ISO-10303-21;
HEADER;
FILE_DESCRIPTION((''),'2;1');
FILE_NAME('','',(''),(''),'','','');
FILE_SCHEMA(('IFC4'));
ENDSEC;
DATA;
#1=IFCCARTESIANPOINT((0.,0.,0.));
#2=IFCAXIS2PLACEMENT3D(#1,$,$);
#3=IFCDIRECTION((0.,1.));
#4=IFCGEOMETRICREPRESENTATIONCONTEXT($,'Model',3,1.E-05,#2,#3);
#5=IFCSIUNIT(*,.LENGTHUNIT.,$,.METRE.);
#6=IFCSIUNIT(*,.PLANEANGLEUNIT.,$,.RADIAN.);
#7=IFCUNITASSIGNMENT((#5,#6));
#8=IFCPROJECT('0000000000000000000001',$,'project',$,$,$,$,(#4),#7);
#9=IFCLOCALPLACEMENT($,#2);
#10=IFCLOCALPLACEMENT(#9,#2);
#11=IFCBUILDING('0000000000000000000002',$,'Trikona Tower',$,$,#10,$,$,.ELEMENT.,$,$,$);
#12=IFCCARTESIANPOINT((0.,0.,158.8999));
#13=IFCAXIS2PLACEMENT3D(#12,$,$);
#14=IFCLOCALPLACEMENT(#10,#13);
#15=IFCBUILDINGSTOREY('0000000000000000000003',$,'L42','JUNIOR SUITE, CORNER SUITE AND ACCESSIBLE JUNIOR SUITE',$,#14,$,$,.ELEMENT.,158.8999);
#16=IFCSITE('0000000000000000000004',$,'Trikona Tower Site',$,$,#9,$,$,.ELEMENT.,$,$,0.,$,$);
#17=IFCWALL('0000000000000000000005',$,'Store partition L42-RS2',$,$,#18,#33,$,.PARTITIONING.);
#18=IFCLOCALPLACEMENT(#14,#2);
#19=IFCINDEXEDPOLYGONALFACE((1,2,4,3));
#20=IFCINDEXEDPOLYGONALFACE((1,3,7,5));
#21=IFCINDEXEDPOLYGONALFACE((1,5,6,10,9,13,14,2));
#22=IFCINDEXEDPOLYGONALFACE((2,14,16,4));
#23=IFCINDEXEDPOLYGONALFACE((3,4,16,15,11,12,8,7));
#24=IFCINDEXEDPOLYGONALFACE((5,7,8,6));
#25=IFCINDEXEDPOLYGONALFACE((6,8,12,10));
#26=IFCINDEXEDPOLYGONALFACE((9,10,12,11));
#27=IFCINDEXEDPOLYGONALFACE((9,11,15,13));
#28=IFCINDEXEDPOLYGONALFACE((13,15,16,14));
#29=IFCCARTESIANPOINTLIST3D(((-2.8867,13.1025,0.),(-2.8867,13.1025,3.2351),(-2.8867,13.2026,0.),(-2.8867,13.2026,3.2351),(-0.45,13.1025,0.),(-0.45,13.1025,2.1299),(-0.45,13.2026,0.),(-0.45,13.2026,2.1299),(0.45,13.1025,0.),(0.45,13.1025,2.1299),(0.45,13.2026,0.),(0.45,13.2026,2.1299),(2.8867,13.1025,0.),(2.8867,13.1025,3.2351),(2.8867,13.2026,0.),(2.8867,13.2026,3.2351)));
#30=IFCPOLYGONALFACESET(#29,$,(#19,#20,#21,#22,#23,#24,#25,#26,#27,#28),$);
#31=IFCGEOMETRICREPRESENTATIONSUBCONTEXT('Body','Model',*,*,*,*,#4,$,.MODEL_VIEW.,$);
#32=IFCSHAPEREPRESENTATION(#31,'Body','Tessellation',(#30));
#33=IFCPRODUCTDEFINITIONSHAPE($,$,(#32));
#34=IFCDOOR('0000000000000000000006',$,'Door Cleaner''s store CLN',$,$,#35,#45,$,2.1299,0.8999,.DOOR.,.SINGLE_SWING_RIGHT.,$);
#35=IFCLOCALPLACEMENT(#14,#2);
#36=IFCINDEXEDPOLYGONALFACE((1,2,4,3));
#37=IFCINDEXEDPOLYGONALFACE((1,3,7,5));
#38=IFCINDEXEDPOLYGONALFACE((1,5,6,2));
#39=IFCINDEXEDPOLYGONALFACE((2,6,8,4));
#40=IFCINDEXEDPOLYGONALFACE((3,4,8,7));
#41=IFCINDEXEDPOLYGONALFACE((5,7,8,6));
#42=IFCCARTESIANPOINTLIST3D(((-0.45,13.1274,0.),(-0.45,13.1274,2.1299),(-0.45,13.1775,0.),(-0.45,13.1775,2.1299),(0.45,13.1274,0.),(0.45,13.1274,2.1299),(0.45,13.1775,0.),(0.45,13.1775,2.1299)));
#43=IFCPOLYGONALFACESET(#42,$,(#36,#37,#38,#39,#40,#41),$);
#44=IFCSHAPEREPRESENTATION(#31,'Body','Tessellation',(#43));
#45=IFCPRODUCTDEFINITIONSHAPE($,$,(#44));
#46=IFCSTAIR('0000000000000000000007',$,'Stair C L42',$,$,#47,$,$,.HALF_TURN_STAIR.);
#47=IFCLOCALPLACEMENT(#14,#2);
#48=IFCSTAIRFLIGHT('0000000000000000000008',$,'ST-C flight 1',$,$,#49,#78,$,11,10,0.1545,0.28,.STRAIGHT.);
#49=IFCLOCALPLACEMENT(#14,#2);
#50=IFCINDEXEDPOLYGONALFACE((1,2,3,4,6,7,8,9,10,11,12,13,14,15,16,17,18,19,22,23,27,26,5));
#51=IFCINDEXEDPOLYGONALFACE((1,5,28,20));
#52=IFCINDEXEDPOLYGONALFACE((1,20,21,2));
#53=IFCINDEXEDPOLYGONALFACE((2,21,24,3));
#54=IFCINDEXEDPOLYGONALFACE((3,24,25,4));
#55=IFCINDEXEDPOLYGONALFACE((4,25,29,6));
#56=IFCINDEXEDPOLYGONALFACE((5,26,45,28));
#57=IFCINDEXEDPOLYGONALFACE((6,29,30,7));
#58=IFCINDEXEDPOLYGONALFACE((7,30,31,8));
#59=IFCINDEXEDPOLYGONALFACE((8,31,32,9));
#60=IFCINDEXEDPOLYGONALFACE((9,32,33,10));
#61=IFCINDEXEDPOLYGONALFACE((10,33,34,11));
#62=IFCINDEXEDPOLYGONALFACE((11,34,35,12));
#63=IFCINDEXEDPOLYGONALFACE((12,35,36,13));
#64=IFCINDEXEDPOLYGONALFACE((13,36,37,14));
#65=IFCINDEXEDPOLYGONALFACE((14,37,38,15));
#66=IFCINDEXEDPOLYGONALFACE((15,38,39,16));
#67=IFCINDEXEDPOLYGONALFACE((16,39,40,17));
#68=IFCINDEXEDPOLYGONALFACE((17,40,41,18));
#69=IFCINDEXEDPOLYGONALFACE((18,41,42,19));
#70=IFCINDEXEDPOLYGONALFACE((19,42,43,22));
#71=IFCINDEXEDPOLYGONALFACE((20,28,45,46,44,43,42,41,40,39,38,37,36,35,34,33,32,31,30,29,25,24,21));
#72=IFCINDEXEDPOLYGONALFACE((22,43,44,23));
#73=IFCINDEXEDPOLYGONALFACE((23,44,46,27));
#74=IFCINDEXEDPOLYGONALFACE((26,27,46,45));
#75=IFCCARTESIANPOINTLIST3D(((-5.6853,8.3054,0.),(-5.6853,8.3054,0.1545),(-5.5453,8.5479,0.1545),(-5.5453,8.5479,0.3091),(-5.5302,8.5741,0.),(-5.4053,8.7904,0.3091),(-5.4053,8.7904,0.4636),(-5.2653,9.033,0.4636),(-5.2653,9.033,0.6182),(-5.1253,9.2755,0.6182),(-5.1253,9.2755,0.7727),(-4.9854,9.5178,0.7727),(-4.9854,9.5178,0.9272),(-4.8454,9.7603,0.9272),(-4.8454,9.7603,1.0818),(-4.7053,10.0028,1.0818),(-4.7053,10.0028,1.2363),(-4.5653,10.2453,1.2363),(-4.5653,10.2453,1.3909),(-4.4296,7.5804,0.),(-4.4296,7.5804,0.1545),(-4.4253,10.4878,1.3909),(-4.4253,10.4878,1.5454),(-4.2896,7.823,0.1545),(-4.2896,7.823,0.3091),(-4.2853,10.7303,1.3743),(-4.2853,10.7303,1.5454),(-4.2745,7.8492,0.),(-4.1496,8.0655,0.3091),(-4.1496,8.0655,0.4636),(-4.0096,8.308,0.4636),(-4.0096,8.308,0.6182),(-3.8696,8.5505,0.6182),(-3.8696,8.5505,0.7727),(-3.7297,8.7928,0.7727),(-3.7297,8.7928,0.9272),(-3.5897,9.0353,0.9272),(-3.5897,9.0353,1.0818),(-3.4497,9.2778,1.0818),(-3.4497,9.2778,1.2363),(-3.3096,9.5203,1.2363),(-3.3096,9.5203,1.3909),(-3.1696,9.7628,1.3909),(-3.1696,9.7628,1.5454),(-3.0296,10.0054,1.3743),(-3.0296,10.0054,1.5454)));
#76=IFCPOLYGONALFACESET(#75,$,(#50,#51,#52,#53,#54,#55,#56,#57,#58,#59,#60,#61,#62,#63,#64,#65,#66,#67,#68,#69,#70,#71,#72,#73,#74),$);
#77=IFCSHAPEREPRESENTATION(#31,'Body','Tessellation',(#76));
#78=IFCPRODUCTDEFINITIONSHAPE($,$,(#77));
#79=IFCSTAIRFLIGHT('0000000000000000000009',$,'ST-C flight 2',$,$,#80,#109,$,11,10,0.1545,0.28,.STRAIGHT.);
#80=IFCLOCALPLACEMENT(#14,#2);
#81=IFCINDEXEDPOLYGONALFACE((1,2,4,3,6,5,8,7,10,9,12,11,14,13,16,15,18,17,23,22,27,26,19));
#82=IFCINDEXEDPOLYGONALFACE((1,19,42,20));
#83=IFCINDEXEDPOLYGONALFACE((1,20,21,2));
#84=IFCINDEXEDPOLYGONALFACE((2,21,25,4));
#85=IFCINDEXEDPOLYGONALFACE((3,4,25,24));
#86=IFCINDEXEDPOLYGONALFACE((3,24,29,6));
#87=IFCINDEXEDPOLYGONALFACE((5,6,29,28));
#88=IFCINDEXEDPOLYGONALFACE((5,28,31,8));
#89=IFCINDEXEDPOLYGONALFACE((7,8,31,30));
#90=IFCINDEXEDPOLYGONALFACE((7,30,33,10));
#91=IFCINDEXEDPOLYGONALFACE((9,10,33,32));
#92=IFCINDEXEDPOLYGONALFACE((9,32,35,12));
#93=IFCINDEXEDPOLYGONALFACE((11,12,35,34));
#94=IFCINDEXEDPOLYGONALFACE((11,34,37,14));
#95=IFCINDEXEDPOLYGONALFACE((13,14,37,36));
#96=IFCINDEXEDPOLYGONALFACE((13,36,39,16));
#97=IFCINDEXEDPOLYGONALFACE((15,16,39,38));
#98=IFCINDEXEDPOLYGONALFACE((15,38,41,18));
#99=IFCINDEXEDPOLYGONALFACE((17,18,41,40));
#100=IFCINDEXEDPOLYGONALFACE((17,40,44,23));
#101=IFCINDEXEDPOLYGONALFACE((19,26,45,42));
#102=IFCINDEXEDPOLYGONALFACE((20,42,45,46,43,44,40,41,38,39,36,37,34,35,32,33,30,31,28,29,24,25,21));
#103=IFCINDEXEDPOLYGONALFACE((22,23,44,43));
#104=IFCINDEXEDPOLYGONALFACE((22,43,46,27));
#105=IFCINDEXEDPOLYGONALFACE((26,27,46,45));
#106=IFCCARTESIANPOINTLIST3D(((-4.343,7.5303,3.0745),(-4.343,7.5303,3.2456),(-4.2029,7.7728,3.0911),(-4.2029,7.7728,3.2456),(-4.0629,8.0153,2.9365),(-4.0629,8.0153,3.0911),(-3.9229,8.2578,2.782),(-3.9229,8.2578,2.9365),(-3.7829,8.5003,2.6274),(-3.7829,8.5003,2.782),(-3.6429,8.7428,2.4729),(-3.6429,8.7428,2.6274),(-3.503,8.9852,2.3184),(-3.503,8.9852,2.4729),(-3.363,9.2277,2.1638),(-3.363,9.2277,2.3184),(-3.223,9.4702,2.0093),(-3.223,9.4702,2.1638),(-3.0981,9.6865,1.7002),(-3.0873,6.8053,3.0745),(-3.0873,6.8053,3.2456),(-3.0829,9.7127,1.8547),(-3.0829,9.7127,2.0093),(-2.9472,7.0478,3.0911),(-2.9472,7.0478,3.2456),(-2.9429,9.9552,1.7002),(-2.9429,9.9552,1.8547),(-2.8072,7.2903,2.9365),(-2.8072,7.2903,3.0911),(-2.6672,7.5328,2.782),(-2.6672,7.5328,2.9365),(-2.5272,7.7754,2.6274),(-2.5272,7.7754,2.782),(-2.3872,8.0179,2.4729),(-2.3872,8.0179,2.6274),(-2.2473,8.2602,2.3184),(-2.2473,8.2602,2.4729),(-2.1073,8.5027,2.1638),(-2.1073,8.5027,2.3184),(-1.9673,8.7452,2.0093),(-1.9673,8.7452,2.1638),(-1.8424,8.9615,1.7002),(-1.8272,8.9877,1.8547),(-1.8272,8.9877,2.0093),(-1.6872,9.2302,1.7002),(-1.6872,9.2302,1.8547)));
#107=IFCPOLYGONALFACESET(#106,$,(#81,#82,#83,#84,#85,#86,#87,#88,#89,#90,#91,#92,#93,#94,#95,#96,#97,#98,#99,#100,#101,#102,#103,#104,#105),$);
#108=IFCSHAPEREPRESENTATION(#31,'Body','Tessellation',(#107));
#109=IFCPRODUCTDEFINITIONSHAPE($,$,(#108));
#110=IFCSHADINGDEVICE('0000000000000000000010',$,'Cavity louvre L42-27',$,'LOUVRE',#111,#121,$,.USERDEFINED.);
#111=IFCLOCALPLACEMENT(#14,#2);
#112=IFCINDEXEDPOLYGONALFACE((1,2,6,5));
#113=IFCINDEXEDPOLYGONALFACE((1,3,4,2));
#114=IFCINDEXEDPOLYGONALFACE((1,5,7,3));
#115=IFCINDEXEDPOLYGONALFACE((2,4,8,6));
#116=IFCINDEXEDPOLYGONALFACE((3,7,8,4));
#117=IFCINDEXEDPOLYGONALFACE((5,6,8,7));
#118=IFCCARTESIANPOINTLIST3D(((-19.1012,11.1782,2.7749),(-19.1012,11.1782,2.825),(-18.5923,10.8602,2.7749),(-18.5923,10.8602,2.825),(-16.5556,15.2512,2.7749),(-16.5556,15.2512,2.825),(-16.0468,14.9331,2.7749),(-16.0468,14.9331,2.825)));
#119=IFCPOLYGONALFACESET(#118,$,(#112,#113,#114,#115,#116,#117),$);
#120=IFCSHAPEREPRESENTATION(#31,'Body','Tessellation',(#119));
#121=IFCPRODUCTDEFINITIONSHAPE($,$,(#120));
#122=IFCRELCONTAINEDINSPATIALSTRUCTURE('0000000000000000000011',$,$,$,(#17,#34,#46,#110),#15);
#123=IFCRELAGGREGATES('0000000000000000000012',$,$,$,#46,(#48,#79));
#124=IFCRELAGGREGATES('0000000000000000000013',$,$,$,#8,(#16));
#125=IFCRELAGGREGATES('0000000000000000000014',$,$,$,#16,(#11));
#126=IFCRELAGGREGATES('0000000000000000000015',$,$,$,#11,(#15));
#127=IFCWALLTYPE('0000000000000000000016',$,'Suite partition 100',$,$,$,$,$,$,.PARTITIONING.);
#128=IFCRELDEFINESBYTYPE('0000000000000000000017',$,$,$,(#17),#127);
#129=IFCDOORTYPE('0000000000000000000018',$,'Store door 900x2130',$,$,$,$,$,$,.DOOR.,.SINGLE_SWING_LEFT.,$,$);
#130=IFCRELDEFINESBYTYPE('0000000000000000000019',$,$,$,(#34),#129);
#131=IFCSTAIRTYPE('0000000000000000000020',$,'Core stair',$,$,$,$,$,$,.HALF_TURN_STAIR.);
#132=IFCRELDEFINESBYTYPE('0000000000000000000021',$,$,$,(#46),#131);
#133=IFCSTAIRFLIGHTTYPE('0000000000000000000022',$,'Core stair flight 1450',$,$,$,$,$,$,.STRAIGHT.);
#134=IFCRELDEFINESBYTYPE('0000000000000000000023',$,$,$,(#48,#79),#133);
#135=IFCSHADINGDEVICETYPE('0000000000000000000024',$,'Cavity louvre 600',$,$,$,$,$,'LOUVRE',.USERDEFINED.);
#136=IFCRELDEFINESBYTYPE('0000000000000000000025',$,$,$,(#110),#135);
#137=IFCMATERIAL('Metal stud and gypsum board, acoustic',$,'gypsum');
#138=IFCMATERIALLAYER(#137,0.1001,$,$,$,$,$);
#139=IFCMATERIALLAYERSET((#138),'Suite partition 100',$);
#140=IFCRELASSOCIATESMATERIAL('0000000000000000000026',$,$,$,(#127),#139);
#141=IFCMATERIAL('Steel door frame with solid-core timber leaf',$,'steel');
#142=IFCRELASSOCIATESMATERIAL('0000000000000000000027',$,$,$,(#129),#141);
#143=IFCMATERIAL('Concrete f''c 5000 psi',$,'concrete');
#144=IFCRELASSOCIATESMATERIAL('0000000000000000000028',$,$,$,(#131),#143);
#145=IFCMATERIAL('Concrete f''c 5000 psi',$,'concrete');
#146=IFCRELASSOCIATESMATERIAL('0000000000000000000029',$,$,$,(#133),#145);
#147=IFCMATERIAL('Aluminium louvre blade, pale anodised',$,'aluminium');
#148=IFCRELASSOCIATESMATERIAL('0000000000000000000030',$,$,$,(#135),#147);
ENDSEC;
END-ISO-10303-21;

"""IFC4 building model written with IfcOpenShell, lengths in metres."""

from ifc_helpers import new_model, si_unit, direction, frame, frame_2d, origin, origin_2d, place, context, subcontext, project, spatial, polyline, rectangle, outline, extrude, material, layer, layer_set, type_object, element, fill, aggregate, save


model = new_model("IFC4")

# Units and contexts
model_context = context("Model", 3, precision=1e-05, world=origin(), true_north=direction((0.0, 1.0)))
body_context = subcontext(model_context, "Body", "Model", "MODEL_VIEW")
ifc_project = project(units=[si_unit("LENGTHUNIT", "METRE"), si_unit("PLANEANGLEUNIT", "RADIAN")], contexts=[model_context])

# Site, building, storey
site_placement = place(None, origin())
site = spatial("IfcSite", under=ifc_project, at=site_placement, Name="Trikona Tower Site", CompositionType="ELEMENT", RefElevation=0.0)
building_placement = place(site_placement, origin())
building = spatial("IfcBuilding", under=site, at=building_placement, Name="Trikona Tower", CompositionType="ELEMENT")
storey_placement = place(building_placement, frame((0.0, 0.0, 158.8999)))
storey = spatial("IfcBuildingStorey", under=building, at=storey_placement, Name="L42", Description="JUNIOR SUITE, CORNER SUITE AND ACCESSIBLE JUNIOR SUITE", CompositionType="ELEMENT", Elevation=158.8999)

# Wall, opening, door
ifc_material_1 = material(Name="Metal stud and gypsum board, acoustic", Category="gypsum")
ifc_layer_1 = layer(ifc_material_1, 0.1001)
ifc_layer_set_1 = layer_set([ifc_layer_1], Name="Suite partition 100")
wall_type_1 = type_object("IfcWallType", Name="Suite partition 100", PredefinedType="PARTITIONING", material=ifc_layer_set_1)
wall_1_placement = place(storey_placement, frame((-2.8867, 13.1526, 0.0), z_axis=(0.0, 0.0, 1.0), x_axis=(1.0, 0.0, 0.0)))
wall_1 = element("IfcWall", 1, at=wall_1_placement, inside=storey, type_object=wall_type_1, Name="Store partition L42-RS2", PredefinedType="PARTITIONING", context=body_context, shape_type="SweptSolid", body=[
    extrude(rectangle(XDim=5.7734, YDim=0.1001, at=frame_2d((2.8867, 0.0))), origin(), (0.0, 0.0, 1.0), 3.2351),
])
opening_1_placement = place(wall_1_placement, frame((2.4368, 0.0, 0.0)))
opening_1 = element("IfcOpeningElement", 2, at=opening_1_placement, cuts=wall_1, PredefinedType="OPENING", context=body_context, shape_type="SweptSolid", body=[
    extrude(rectangle(XDim=0.8999, YDim=2.1299, at=frame_2d((0.45, 1.0649))), frame((0.0, 0.0601, 0.0), z_axis=(0.0, -1.0, 0.0), x_axis=(1.0, 0.0, 0.0)), (0.0, 0.0, 1.0), 0.1201),
])
ifc_material_2 = material(Name="Steel door frame with solid-core timber leaf", Category="steel")
door_type_1 = type_object("IfcDoorType", Name="Store door 900x2130", OperationType="SINGLE_SWING_LEFT", PredefinedType="DOOR", material=ifc_material_2)
door_1_placement = place(opening_1_placement, origin())
door_1 = element("IfcDoor", 3, at=door_1_placement, inside=storey, type_object=door_type_1, Name="Door Cleaner's store CLN", OperationType="SINGLE_SWING_RIGHT", OverallHeight=2.1299, OverallWidth=0.8999, PredefinedType="DOOR", context=body_context, shape_type="SweptSolid", body=[
    extrude(rectangle(XDim=0.8999, YDim=2.1299, at=frame_2d((0.45, 1.0649))), frame((0.0, 0.0249, 0.0), z_axis=(0.0, -1.0, 0.0), x_axis=(1.0, 0.0, 0.0)), (0.0, 0.0, 1.0), 0.05),
])
fill(opening_1, door_1)

# Stair, stair flights
ifc_material_3 = material(Name="Concrete f'c 5000 psi", Category="concrete")
stair_type = type_object("IfcStairType", Name="Core stair", PredefinedType="HALF_TURN_STAIR", material=ifc_material_3)
stair_placement = place(storey_placement, origin())
stair = element("IfcStair", 4, at=stair_placement, inside=storey, type_object=stair_type, Name="Stair C L42", PredefinedType="HALF_TURN_STAIR")
ifc_material_4 = material(Name="Concrete f'c 5000 psi", Category="concrete")
stair_flight_type = type_object("IfcStairFlightType", Name="Core stair flight 1450", PredefinedType="STRAIGHT", material=ifc_material_4)
stair_flight_1_placement = place(storey_placement, frame((-5.0574, 7.9429, 0.0), z_axis=(0.0, 0.0, 1.0), x_axis=(0.5, 0.866025, 0.0)))
stair_flight_1 = element("IfcStairFlight", 5, at=stair_flight_1_placement, type_object=stair_flight_type, Name="ST-C flight 1", NumberOfRisers=11, NumberOfTreads=10, PredefinedType="STRAIGHT", RiserHeight=0.1545, TreadLength=0.28, context=body_context, shape_type="SweptSolid", body=[
    extrude(outline(polyline([(0.0, 0.0), (0.0, 0.1545), (0.28, 0.1545), (0.28, 0.3091), (0.5601, 0.3091), (0.5601, 0.4636), (0.8401, 0.4636), (0.8401, 0.6182), (1.1201, 0.6182), (1.1201, 0.7727), (1.3999, 0.7727), (1.3999, 0.9272), (1.6799, 0.9272), (1.6799, 1.0818), (1.96, 1.0818), (1.96, 1.2363), (2.24, 1.2363), (2.24, 1.3909), (2.52, 1.3909), (2.52, 1.5454), (2.8, 1.5454), (2.8, 1.7), (2.8, 1.3743), (0.3103, 0.0), (0.0, 0.0)])), frame((0.0, 0.7251, 0.0), z_axis=(0.0, -1.0, 0.0), x_axis=(1.0, 0.0, 0.0)), (0.0, 0.0, 1.0), 1.45),
])
stair_flight_2_placement = place(storey_placement, frame((-2.3152, 9.5928, 1.7002), z_axis=(0.0, 0.0, 1.0), x_axis=(-0.5, -0.866025, 0.0)))
stair_flight_2 = element("IfcStairFlight", 6, at=stair_flight_2_placement, type_object=stair_flight_type, Name="ST-C flight 2", NumberOfRisers=11, NumberOfTreads=10, PredefinedType="STRAIGHT", RiserHeight=0.1545, TreadLength=0.28, context=body_context, shape_type="SweptSolid", body=[
    extrude(outline(polyline([(0.0, 0.0), (0.0, 0.1545), (0.28, 0.1545), (0.28, 0.3091), (0.5601, 0.3091), (0.5601, 0.4636), (0.8401, 0.4636), (0.8401, 0.6182), (1.1201, 0.6182), (1.1201, 0.7727), (1.3999, 0.7727), (1.3999, 0.9272), (1.6799, 0.9272), (1.6799, 1.0818), (1.96, 1.0818), (1.96, 1.2363), (2.24, 1.2363), (2.24, 1.3909), (2.52, 1.3909), (2.52, 1.5454), (2.8, 1.5454), (2.8, 1.7), (2.8, 1.3743), (0.3103, 0.0), (0.0, 0.0)])), frame((0.0, 0.7251, 0.0), z_axis=(0.0, -1.0, 0.0), x_axis=(1.0, 0.0, 0.0)), (0.0, 0.0, 1.0), 1.45),
])
aggregate(stair, [stair_flight_1, stair_flight_2])

# Shading device
ifc_material_5 = material(Name="Aluminium louvre blade, pale anodised", Category="aluminium")
shading_device_type = type_object("IfcShadingDeviceType", Name="Cavity louvre 600", ElementType="LOUVRE", PredefinedType="USERDEFINED", material=ifc_material_5)
shading_device_placement = place(storey_placement, frame((-17.574, 13.0557, 2.7749), z_axis=(0.0, 0.0, 1.0), x_axis=(-0.529995, -0.848001, 0.0)))
element("IfcShadingDevice", 7, at=shading_device_placement, inside=storey, type_object=shading_device_type, Name="Cavity louvre L42-27", ObjectType="LOUVRE", PredefinedType="USERDEFINED", context=body_context, shape_type="SweptSolid", body=[
    extrude(rectangle(XDim=4.803, YDim=0.6001, at=origin_2d()), origin(), (0.0, 0.0, 1.0), 0.05),
])

save(model, "model.ifc")
